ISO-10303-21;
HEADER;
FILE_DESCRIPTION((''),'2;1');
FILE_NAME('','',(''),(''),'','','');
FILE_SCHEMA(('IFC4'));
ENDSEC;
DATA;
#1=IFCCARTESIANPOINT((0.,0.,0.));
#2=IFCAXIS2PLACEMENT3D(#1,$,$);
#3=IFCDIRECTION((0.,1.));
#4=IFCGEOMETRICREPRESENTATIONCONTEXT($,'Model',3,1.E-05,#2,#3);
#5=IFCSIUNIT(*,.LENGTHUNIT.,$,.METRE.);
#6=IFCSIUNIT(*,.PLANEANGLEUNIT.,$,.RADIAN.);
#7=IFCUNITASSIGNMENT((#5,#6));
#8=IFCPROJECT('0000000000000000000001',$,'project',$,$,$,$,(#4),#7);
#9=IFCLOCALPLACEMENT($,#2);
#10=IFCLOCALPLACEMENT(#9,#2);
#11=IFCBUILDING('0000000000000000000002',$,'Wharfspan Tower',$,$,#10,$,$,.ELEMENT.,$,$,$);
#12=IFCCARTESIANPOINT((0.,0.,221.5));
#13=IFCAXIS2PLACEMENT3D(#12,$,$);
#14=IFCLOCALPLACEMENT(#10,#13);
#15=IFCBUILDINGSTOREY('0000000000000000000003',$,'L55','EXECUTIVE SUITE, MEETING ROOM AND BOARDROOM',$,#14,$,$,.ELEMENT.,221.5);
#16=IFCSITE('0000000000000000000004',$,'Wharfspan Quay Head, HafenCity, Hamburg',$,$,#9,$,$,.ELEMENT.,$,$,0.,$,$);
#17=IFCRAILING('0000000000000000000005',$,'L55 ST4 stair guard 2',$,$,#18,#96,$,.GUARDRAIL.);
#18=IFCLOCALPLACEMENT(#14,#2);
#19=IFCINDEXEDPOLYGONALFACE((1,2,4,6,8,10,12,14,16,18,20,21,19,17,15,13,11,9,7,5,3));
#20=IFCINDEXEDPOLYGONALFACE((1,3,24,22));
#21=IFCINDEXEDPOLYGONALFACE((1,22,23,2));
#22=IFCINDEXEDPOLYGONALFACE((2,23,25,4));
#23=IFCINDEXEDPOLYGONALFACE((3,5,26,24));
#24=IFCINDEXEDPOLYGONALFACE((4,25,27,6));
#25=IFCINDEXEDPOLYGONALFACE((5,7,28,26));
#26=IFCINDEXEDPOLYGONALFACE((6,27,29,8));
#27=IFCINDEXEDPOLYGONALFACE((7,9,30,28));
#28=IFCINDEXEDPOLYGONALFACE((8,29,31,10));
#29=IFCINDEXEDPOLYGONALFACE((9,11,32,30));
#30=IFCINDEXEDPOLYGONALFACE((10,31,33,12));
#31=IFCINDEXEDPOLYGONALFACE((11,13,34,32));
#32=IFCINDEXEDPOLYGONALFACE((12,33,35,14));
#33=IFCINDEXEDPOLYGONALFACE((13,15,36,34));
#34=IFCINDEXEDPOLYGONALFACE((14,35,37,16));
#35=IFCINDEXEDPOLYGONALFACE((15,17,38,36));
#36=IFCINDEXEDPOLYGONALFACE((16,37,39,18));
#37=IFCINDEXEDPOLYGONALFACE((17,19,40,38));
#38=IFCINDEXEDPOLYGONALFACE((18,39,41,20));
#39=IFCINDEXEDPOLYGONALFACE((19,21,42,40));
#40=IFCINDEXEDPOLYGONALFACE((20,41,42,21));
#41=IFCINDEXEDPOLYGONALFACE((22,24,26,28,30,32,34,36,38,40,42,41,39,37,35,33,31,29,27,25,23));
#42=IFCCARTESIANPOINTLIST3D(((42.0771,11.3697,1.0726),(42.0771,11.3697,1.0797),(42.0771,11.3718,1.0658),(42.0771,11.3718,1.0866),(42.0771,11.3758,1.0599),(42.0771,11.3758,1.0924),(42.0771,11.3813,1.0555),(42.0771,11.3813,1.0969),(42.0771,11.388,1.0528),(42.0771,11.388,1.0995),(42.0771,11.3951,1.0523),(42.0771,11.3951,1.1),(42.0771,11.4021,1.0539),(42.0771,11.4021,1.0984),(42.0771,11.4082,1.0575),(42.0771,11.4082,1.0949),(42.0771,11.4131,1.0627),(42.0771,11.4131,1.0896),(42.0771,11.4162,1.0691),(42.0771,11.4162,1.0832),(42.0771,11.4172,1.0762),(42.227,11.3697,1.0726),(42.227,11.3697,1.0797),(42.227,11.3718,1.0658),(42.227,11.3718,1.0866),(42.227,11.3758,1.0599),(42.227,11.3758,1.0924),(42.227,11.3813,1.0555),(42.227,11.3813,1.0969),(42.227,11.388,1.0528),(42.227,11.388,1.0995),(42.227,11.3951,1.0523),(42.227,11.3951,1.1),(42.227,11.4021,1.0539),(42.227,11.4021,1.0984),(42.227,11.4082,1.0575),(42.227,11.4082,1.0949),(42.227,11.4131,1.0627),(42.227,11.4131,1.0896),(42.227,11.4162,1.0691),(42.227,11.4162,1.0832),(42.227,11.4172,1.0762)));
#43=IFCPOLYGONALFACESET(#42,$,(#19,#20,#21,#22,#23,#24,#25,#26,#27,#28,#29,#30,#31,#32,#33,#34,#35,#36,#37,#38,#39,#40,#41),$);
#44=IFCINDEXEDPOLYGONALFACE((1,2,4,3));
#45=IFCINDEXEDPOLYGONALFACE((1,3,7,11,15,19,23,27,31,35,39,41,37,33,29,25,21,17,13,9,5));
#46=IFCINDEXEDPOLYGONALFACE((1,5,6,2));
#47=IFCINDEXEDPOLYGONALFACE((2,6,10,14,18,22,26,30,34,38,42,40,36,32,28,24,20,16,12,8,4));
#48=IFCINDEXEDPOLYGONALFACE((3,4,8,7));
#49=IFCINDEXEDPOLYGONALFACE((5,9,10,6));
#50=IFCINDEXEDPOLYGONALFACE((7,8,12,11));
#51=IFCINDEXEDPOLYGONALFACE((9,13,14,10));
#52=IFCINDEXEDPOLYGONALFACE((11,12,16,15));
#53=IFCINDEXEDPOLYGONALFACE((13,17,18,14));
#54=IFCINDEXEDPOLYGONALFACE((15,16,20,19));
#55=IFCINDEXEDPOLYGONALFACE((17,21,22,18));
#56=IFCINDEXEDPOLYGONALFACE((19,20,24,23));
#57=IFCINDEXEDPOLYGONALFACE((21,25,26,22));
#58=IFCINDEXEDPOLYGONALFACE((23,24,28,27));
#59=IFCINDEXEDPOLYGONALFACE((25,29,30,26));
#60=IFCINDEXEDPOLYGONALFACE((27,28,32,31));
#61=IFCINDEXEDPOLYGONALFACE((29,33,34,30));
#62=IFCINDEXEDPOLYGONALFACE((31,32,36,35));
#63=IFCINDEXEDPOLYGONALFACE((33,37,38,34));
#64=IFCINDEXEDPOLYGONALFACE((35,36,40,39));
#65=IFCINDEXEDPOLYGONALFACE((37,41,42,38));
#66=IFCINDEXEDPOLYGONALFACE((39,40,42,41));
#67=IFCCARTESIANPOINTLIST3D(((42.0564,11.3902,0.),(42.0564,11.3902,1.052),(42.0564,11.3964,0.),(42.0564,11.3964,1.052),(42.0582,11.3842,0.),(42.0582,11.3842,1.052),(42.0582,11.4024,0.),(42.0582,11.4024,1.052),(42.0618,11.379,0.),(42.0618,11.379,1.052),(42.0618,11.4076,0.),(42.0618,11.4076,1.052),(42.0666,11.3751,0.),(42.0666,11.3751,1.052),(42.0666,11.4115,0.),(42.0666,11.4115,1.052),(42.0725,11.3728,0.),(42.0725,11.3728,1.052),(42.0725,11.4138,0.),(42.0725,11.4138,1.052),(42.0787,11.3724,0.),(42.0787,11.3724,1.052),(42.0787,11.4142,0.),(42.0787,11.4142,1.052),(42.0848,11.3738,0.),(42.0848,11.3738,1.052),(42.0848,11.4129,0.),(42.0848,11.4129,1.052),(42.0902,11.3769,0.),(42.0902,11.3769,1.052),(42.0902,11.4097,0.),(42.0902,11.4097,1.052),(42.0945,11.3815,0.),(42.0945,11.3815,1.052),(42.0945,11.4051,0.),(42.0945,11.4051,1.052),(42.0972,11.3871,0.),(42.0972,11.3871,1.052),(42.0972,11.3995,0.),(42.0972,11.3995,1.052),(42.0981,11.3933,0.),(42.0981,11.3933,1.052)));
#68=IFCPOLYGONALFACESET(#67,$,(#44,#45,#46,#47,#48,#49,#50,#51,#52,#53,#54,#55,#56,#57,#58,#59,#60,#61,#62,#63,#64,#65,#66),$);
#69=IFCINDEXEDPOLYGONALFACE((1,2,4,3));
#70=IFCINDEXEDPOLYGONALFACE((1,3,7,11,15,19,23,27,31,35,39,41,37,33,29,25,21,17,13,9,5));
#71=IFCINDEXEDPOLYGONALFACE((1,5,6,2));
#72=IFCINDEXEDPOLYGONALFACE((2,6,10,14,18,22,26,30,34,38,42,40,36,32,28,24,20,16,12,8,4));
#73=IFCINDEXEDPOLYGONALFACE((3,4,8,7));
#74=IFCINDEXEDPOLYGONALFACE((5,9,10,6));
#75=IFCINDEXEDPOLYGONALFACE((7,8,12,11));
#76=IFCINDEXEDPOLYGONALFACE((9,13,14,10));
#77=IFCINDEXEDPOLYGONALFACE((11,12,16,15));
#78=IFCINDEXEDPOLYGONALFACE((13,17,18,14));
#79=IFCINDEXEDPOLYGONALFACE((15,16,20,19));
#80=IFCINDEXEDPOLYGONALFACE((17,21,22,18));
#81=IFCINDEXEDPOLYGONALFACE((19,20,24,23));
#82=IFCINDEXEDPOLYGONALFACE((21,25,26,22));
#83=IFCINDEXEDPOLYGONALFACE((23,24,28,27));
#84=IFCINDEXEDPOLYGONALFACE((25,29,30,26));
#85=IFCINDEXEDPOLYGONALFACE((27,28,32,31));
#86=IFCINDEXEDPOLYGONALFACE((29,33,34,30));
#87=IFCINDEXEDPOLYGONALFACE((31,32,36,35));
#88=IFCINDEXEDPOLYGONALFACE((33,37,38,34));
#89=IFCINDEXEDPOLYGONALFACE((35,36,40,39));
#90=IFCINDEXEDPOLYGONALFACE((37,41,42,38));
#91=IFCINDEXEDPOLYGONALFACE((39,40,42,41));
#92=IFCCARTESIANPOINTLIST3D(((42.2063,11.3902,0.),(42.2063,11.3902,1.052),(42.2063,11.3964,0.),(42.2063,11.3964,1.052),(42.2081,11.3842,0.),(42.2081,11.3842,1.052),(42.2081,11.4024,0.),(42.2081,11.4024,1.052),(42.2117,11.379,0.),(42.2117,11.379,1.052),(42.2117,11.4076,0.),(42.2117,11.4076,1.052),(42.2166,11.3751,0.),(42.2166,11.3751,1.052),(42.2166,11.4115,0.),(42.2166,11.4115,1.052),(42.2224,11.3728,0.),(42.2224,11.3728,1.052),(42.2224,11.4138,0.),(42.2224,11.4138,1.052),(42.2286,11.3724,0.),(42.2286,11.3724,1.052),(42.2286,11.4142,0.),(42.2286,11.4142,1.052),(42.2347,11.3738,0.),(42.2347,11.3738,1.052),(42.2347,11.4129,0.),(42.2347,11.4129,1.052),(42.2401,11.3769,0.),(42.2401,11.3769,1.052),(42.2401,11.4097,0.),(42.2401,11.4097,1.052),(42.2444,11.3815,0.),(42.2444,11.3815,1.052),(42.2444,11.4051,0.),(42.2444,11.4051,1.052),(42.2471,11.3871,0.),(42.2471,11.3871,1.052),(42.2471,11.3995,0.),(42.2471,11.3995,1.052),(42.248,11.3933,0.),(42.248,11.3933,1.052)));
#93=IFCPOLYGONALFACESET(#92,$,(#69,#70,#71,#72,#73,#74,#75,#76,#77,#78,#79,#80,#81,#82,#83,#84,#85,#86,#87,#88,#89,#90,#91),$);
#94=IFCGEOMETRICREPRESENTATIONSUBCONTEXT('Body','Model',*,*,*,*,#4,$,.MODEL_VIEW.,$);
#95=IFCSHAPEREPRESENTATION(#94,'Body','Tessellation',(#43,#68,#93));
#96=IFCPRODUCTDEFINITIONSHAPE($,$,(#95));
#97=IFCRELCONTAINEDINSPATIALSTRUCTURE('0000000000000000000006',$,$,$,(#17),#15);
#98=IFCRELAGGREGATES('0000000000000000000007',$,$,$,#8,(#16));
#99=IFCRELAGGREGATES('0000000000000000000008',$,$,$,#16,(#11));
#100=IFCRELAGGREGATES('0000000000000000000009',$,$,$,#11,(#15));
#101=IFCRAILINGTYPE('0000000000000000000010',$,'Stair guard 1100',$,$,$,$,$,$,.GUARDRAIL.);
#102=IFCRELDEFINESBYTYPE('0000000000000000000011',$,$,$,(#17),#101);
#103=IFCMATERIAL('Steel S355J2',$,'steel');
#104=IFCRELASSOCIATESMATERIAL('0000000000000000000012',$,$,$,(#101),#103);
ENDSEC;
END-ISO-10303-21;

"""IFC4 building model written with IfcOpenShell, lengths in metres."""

from ifc_helpers import new_model, si_unit, direction, frame, origin, origin_2d, place, context, subcontext, project, spatial, circle, extrude, material, type_object, element, save


model = new_model("IFC4")

# Units and contexts
model_context = context("Model", 3, precision=1e-05, world=origin(), true_north=direction((0.0, 1.0)))
body_context = subcontext(model_context, "Body", "Model", "MODEL_VIEW")
ifc_project = project(units=[si_unit("LENGTHUNIT", "METRE"), si_unit("PLANEANGLEUNIT", "RADIAN")], contexts=[model_context])

# Site, building, storey
site_placement = place(None, origin())
site = spatial("IfcSite", under=ifc_project, at=site_placement, Name="Wharfspan Quay Head, HafenCity, Hamburg", CompositionType="ELEMENT", RefElevation=0.0)
building_placement = place(site_placement, origin())
building = spatial("IfcBuilding", under=site, at=building_placement, Name="Wharfspan Tower", CompositionType="ELEMENT")
storey_placement = place(building_placement, frame((0.0, 0.0, 221.5)))
storey = spatial("IfcBuildingStorey", under=building, at=storey_placement, Name="L55", Description="EXECUTIVE SUITE, MEETING ROOM AND BOARDROOM", CompositionType="ELEMENT", Elevation=221.5)

# Shared definitions
ifc_material_1 = material(Name="Steel S355J2", Category="steel")

# Railing
railing_type_1 = type_object("IfcRailingType", Name="Stair guard 1100", PredefinedType="GUARDRAIL", material=ifc_material_1)
railing_1_placement = place(storey_placement, frame((42.0771, 11.3933, 0.0)))
element("IfcRailing", 1, at=railing_1_placement, inside=storey, type_object=railing_type_1, Name="L55 ST4 stair guard 2", PredefinedType="GUARDRAIL", context=body_context, shape_type="SweptSolid", body=[
    extrude(circle(Radius=0.0239, at=origin_2d()), frame((0.0, 0.0, 1.0762), z_axis=(1.0, 0.0, 0.0), x_axis=(0.0, 1.0, 0.0)), (0.0, 0.0, 1.0), 0.1499),
    extrude(circle(Radius=0.021, at=origin_2d()), origin(), (0.0, 0.0, 1.0), 1.052),
    extrude(circle(Radius=0.021, at=origin_2d()), frame((0.1499, 0.0, 0.0)), (0.0, 0.0, 1.0), 1.052),
])

save(model, "model.ifc")
